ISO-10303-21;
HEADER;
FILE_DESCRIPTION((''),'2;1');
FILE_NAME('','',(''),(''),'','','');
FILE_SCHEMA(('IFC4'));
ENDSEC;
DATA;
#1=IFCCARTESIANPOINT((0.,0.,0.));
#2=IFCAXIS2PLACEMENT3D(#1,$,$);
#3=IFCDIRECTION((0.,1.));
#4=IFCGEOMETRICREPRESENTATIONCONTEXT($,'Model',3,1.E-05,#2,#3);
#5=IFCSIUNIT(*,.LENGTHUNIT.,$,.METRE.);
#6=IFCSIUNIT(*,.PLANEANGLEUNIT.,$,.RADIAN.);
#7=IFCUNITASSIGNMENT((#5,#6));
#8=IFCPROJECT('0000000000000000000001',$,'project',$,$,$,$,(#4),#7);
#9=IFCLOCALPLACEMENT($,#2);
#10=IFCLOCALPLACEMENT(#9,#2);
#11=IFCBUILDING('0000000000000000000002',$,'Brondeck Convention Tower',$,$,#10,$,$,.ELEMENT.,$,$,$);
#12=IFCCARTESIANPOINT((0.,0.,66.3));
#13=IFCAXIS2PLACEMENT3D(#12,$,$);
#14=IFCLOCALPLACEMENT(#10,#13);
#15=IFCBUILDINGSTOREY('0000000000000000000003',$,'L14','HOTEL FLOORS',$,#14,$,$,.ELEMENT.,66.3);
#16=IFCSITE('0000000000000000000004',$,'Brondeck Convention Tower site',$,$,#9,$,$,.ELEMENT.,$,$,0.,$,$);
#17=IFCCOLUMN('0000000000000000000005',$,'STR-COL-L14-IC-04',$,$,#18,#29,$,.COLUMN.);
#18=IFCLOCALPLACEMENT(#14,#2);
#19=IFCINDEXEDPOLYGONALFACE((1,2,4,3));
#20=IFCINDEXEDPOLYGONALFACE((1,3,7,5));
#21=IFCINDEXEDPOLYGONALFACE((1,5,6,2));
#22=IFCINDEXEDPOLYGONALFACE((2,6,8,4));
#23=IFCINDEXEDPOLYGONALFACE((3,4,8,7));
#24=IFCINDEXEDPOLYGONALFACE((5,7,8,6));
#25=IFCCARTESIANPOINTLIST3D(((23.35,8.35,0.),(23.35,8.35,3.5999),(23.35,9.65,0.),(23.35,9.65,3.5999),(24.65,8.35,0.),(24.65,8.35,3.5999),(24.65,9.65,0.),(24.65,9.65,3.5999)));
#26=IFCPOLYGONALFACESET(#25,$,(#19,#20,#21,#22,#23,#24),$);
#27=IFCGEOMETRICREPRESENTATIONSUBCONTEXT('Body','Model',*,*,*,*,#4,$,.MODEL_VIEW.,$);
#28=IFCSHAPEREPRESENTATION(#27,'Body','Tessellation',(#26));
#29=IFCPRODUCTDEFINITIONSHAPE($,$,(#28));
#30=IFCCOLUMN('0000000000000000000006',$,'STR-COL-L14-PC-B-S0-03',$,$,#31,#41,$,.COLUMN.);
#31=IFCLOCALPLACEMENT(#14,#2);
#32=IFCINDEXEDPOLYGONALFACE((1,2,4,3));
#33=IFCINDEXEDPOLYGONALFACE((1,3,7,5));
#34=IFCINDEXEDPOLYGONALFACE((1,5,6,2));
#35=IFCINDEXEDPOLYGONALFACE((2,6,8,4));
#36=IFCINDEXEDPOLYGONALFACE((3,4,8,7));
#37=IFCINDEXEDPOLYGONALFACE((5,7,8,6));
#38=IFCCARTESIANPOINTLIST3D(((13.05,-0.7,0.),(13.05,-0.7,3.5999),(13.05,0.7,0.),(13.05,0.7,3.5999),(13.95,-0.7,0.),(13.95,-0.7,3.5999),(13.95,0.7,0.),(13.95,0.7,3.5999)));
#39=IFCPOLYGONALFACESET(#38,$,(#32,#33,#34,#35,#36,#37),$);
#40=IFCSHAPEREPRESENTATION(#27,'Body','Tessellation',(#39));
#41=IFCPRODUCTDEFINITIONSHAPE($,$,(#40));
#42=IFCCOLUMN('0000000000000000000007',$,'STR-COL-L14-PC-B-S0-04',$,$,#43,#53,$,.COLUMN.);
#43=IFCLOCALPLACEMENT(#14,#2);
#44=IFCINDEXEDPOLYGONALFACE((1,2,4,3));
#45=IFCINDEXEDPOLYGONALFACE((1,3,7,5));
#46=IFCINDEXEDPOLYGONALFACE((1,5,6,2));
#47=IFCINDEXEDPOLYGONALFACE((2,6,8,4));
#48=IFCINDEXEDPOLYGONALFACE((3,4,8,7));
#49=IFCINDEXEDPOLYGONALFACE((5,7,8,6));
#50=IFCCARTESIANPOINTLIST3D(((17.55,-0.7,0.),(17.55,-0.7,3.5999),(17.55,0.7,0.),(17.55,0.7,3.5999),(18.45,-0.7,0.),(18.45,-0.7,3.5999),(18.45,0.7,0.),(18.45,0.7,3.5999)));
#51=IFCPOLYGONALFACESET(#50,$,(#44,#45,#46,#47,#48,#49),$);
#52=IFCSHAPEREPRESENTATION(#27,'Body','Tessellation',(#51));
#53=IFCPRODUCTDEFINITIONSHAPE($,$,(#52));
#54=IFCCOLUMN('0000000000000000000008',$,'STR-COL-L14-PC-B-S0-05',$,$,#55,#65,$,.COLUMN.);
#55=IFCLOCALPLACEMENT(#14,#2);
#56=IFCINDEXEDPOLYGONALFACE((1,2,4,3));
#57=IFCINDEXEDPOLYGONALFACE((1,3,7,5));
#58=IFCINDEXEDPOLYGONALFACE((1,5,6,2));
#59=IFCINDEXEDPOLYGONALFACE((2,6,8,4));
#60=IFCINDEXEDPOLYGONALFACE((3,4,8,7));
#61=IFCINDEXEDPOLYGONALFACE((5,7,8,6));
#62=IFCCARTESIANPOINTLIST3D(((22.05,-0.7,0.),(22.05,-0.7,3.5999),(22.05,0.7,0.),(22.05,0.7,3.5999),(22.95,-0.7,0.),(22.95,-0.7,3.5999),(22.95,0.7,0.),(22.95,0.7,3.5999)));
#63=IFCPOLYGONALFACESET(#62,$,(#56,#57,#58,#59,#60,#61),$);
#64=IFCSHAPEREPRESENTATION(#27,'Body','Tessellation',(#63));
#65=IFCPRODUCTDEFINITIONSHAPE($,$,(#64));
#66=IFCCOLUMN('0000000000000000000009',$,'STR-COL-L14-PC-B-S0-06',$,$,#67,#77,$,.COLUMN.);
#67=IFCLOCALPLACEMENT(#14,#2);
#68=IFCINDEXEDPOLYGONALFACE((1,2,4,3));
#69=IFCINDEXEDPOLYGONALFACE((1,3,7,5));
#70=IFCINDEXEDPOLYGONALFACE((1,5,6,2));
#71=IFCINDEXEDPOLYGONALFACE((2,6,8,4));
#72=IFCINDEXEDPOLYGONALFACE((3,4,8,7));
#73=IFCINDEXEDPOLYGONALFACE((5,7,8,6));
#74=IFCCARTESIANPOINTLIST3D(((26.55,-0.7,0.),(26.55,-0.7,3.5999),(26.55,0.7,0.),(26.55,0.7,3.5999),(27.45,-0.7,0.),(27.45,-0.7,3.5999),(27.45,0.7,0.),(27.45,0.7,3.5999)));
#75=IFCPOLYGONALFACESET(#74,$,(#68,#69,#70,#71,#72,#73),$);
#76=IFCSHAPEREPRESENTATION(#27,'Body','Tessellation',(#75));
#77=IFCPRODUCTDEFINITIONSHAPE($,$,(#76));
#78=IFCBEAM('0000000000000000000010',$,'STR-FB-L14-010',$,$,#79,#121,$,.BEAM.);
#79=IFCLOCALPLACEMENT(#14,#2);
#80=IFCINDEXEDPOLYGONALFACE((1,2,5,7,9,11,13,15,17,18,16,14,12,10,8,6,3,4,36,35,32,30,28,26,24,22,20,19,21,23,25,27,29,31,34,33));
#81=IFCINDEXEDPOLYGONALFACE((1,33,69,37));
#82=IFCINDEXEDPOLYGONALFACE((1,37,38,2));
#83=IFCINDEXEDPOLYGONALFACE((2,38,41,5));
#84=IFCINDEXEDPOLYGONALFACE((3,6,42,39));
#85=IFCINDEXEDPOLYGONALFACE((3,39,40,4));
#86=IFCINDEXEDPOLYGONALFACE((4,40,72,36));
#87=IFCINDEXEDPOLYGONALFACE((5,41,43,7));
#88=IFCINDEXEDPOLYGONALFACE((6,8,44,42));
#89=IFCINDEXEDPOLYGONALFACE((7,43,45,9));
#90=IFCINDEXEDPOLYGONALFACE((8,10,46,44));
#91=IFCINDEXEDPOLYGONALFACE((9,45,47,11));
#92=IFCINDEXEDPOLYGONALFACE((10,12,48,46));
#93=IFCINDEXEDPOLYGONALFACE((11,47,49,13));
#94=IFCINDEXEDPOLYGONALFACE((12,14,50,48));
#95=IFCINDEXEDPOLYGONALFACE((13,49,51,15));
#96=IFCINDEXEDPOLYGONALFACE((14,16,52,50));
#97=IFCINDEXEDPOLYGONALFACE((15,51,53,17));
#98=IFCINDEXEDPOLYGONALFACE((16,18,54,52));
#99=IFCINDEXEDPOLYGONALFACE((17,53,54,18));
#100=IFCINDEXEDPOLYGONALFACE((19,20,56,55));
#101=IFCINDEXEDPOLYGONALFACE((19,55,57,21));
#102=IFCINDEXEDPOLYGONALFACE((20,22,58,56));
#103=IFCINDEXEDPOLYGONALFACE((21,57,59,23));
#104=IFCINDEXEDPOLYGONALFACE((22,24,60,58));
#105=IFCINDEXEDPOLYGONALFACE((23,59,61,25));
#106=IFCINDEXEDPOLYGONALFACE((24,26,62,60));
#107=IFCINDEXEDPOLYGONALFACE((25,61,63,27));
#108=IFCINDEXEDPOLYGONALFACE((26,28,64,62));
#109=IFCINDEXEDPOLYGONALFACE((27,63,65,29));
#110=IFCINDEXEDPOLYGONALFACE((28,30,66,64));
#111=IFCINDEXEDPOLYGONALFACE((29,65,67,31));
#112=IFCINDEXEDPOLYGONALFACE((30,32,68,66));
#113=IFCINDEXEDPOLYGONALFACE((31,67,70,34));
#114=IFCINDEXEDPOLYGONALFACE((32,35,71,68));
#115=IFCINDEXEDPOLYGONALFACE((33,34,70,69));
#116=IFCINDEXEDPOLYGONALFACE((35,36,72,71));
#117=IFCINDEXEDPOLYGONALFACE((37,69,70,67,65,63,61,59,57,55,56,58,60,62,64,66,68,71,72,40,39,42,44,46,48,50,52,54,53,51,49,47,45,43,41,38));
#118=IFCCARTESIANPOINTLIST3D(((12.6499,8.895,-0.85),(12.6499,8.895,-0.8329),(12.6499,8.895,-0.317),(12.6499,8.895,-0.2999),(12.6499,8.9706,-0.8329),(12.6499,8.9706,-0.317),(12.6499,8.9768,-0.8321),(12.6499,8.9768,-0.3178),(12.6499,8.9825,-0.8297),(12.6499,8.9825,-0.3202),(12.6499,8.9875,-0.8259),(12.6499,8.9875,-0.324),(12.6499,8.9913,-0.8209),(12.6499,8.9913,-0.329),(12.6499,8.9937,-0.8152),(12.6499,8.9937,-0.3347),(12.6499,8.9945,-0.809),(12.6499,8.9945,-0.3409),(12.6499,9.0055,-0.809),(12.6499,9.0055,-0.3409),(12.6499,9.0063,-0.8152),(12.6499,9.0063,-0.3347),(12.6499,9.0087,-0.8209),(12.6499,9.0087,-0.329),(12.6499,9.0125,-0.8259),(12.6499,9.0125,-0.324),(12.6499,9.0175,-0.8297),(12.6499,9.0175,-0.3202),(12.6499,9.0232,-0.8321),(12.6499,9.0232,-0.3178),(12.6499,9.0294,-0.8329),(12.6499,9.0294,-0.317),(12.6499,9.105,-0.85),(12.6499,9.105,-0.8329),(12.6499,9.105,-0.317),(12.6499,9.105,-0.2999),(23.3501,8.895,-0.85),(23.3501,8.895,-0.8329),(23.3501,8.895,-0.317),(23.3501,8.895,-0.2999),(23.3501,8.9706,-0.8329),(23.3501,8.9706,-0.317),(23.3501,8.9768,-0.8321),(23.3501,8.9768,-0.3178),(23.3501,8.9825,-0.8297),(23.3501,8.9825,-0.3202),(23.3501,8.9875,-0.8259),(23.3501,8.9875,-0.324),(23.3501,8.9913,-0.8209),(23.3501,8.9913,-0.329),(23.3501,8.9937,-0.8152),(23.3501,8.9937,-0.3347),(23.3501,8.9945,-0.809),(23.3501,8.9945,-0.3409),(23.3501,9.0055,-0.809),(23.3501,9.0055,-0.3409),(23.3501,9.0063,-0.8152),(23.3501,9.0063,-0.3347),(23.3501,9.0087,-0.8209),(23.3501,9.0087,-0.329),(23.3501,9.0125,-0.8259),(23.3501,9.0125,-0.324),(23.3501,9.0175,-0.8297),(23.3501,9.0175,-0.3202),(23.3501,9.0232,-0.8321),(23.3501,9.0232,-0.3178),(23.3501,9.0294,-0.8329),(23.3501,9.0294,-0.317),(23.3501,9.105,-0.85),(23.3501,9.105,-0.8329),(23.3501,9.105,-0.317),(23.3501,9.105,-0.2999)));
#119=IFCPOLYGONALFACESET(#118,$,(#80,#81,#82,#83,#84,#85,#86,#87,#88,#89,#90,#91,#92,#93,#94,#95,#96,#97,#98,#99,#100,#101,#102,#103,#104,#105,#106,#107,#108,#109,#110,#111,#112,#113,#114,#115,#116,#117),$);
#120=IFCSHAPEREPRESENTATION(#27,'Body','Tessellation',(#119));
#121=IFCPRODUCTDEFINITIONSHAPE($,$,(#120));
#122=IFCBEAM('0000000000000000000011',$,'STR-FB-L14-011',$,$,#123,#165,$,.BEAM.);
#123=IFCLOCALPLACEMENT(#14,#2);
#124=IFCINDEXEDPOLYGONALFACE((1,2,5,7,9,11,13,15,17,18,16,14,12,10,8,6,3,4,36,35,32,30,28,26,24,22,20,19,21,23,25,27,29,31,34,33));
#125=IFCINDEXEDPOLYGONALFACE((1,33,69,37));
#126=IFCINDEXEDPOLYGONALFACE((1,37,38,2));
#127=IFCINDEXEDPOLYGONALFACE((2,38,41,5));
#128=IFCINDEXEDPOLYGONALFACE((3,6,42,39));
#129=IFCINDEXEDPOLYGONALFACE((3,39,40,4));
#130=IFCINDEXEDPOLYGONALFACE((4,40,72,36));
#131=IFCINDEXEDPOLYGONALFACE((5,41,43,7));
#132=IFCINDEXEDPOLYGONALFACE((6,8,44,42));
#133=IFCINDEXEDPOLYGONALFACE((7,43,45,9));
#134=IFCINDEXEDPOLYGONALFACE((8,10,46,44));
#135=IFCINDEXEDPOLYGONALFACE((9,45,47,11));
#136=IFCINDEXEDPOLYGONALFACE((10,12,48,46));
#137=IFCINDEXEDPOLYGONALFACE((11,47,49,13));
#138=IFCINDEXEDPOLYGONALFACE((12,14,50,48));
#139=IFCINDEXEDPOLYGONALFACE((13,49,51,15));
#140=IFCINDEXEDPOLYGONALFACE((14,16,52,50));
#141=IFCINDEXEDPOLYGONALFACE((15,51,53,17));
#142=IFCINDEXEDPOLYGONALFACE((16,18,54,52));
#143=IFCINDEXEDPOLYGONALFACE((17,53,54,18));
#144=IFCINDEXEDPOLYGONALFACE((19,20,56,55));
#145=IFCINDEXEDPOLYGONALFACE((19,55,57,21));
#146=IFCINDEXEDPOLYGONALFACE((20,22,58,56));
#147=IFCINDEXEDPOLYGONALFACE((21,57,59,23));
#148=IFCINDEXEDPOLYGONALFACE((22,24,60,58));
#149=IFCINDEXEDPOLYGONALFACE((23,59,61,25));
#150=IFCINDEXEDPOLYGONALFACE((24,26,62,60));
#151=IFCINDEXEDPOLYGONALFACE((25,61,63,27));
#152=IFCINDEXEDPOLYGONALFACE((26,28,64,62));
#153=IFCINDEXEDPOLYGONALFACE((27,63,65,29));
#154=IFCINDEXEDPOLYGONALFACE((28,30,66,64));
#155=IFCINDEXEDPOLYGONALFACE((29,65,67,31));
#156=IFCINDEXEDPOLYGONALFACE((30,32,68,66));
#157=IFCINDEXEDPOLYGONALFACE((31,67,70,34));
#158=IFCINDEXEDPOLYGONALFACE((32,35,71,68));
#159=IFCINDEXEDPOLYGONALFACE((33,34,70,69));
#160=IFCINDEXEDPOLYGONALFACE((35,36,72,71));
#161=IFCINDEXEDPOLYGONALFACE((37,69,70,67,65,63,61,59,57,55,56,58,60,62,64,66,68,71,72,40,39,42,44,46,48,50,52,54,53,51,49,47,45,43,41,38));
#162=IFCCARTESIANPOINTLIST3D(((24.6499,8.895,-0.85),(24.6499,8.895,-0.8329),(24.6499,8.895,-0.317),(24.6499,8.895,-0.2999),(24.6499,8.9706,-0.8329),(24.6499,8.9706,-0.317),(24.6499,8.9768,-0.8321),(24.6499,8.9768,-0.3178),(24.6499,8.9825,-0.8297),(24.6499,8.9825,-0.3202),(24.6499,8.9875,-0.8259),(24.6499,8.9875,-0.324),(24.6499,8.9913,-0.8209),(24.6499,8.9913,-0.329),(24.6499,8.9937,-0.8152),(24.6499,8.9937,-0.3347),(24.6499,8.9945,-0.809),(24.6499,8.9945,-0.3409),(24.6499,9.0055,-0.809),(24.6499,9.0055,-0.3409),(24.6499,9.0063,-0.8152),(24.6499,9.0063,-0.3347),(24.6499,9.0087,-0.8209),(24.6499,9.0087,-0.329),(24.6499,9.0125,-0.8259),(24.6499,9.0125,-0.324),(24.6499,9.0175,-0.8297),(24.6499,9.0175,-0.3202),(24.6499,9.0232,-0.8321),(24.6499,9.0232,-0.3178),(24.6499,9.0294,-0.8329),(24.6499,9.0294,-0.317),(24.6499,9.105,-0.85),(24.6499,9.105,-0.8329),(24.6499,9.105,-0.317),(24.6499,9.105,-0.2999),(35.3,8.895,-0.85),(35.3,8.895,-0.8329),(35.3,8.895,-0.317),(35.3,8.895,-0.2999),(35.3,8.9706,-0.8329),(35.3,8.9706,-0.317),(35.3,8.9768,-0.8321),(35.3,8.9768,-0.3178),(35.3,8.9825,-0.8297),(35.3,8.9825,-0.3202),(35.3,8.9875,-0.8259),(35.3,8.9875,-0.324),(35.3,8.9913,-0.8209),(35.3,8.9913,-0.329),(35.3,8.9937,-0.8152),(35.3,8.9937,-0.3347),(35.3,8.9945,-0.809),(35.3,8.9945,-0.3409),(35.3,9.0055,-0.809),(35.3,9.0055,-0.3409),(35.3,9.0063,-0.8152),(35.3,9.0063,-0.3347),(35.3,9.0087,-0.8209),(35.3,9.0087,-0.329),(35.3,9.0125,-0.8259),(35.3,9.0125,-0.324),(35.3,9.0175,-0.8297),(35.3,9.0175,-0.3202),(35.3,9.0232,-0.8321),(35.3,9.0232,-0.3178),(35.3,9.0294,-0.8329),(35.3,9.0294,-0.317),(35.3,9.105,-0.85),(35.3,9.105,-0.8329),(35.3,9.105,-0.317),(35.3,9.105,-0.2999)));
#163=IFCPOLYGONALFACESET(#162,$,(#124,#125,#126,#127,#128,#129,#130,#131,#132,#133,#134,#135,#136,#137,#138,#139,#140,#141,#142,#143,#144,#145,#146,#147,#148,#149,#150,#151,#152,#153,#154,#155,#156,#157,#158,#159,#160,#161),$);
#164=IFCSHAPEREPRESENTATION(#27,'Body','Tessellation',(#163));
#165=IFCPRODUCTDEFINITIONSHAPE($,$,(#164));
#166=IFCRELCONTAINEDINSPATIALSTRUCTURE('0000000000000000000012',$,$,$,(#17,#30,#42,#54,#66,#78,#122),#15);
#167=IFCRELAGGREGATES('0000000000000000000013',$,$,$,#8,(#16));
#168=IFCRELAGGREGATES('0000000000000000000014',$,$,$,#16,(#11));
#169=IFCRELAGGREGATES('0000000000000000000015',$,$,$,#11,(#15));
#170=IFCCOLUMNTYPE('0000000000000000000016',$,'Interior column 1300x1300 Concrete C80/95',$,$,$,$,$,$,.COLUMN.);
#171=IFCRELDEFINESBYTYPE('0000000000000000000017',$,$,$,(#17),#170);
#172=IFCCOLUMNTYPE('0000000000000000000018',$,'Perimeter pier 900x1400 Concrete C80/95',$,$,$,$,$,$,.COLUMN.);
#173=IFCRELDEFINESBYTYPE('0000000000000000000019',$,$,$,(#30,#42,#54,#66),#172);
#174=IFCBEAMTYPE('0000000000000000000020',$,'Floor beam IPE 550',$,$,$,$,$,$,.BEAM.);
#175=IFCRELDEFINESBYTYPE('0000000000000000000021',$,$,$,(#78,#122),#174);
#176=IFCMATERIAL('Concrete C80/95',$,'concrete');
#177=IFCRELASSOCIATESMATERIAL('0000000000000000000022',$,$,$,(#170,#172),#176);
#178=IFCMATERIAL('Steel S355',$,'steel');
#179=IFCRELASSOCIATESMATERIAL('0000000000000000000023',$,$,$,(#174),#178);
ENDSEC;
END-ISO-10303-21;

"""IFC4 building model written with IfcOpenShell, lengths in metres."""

from ifc_helpers import new_model, si_unit, direction, frame, origin, origin_2d, place, context, subcontext, project, spatial, rectangle, i_section, extrude, material, material_profile, profile_set, type_object, element, save


model = new_model("IFC4")

# Units and contexts
model_context = context("Model", 3, precision=1e-05, world=origin(), true_north=direction((0.0, 1.0)))
body_context = subcontext(model_context, "Body", "Model", "MODEL_VIEW")
ifc_project = project(units=[si_unit("LENGTHUNIT", "METRE"), si_unit("PLANEANGLEUNIT", "RADIAN")], contexts=[model_context])

# Site, building, storey
site_placement = place(None, origin())
site = spatial("IfcSite", under=ifc_project, at=site_placement, Name="Brondeck Convention Tower site", CompositionType="ELEMENT", RefElevation=0.0)
building_placement = place(site_placement, origin())
building = spatial("IfcBuilding", under=site, at=building_placement, Name="Brondeck Convention Tower", CompositionType="ELEMENT")
storey_placement = place(building_placement, frame((0.0, 0.0, 66.3)))
storey = spatial("IfcBuildingStorey", under=building, at=storey_placement, Name="L14", Description="HOTEL FLOORS", CompositionType="ELEMENT", Elevation=66.3)

# Columns
ifc_material_1 = material(Name="Concrete C80/95", Category="concrete")
ifc_material_profile_1 = material_profile(ifc_material_1, rectangle(XDim=1.3, YDim=1.3, at=origin_2d()), Name="Interior column 1300x1300 Concrete C80/95")
ifc_profile_set_1 = profile_set([ifc_material_profile_1], Name="Concrete C80/95")
column_type_1 = type_object("IfcColumnType", Name="Interior column 1300x1300 Concrete C80/95", PredefinedType="COLUMN", material=ifc_profile_set_1)
column_placement = place(storey_placement, frame((24.0, 9.0, 0.0), z_axis=(0.0, 0.0, 1.0), x_axis=(1.0, 0.0, 0.0)))
element("IfcColumn", 1, at=column_placement, inside=storey, type_object=column_type_1, Name="STR-COL-L14-IC-04", PredefinedType="COLUMN", context=body_context, shape_type="SweptSolid", body=[
    extrude(rectangle(XDim=1.3, YDim=1.3, at=origin_2d()), origin(), (0.0, 0.0, 1.0), 3.5999),
])
ifc_material_profile_2 = material_profile(ifc_material_1, rectangle(XDim=0.8999, YDim=1.3999, at=origin_2d()), Name="Perimeter pier 900x1400 Concrete C80/95")
ifc_profile_set_2 = profile_set([ifc_material_profile_2], Name="Concrete C80/95")
column_type_2 = type_object("IfcColumnType", Name="Perimeter pier 900x1400 Concrete C80/95", PredefinedType="COLUMN", material=ifc_profile_set_2)
for number, where, z_axis, x_axis, name in (
    (2, (13.5, 0.0, 0.0), (0.0, 0.0, 1.0), (1.0, 0.0, 0.0), "STR-COL-L14-PC-B-S0-03"),
    (3, (18.0, 0.0, 0.0), (0.0, 0.0, 1.0), (1.0, 0.0, 0.0), "STR-COL-L14-PC-B-S0-04"),
    (4, (22.5, 0.0, 0.0), (0.0, 0.0, 1.0), (1.0, 0.0, 0.0), "STR-COL-L14-PC-B-S0-05"),
    (5, (27.0, 0.0, 0.0), (0.0, 0.0, 1.0), (1.0, 0.0, 0.0), "STR-COL-L14-PC-B-S0-06"),
):
    element("IfcColumn", number, at=place(storey_placement, frame(where, z_axis=z_axis, x_axis=x_axis)), inside=storey, type_object=column_type_2, Name=name, PredefinedType="COLUMN", context=body_context, shape_type="SweptSolid", body=[
        extrude(rectangle(XDim=0.8999, YDim=1.3999, at=origin_2d()), origin(), (0.0, 0.0, 1.0), 3.5999),
    ])

# Beams
ifc_material_2 = material(Name="Steel S355", Category="steel")
ifc_material_profile_3 = material_profile(ifc_material_2, i_section(OverallWidth=0.21, OverallDepth=0.55, WebThickness=0.011, FlangeThickness=0.0171, FilletRadius=0.0239, at=origin_2d()), Name="IPE 550")
ifc_profile_set_3 = profile_set([ifc_material_profile_3], Name="Steel S355")
beam_type_1 = type_object("IfcBeamType", Name="Floor beam IPE 550", PredefinedType="BEAM", material=ifc_profile_set_3)
beam_1_placement = place(storey_placement, frame((12.6499, 9.0, -0.575), z_axis=(1.0, 0.0, 0.0), x_axis=(0.0, 1.0, 0.0)))
element("IfcBeam", 6, at=beam_1_placement, inside=storey, type_object=beam_type_1, Name="STR-FB-L14-010", PredefinedType="BEAM", context=body_context, shape_type="SweptSolid", body=[
    extrude(i_section(OverallWidth=0.21, OverallDepth=0.55, WebThickness=0.011, FlangeThickness=0.0171, FilletRadius=0.0239, at=origin_2d()), origin(), (0.0, 0.0, 1.0), 10.7002),
])
beam_2_placement = place(storey_placement, frame((24.6499, 9.0, -0.575), z_axis=(1.0, 0.0, 0.0), x_axis=(0.0, 1.0, 0.0)))
element("IfcBeam", 7, at=beam_2_placement, inside=storey, type_object=beam_type_1, Name="STR-FB-L14-011", PredefinedType="BEAM", context=body_context, shape_type="SweptSolid", body=[
    extrude(i_section(OverallWidth=0.21, OverallDepth=0.55, WebThickness=0.011, FlangeThickness=0.0171, FilletRadius=0.0239, at=origin_2d()), origin(), (0.0, 0.0, 1.0), 10.6501),
])

save(model, "model.ifc")
